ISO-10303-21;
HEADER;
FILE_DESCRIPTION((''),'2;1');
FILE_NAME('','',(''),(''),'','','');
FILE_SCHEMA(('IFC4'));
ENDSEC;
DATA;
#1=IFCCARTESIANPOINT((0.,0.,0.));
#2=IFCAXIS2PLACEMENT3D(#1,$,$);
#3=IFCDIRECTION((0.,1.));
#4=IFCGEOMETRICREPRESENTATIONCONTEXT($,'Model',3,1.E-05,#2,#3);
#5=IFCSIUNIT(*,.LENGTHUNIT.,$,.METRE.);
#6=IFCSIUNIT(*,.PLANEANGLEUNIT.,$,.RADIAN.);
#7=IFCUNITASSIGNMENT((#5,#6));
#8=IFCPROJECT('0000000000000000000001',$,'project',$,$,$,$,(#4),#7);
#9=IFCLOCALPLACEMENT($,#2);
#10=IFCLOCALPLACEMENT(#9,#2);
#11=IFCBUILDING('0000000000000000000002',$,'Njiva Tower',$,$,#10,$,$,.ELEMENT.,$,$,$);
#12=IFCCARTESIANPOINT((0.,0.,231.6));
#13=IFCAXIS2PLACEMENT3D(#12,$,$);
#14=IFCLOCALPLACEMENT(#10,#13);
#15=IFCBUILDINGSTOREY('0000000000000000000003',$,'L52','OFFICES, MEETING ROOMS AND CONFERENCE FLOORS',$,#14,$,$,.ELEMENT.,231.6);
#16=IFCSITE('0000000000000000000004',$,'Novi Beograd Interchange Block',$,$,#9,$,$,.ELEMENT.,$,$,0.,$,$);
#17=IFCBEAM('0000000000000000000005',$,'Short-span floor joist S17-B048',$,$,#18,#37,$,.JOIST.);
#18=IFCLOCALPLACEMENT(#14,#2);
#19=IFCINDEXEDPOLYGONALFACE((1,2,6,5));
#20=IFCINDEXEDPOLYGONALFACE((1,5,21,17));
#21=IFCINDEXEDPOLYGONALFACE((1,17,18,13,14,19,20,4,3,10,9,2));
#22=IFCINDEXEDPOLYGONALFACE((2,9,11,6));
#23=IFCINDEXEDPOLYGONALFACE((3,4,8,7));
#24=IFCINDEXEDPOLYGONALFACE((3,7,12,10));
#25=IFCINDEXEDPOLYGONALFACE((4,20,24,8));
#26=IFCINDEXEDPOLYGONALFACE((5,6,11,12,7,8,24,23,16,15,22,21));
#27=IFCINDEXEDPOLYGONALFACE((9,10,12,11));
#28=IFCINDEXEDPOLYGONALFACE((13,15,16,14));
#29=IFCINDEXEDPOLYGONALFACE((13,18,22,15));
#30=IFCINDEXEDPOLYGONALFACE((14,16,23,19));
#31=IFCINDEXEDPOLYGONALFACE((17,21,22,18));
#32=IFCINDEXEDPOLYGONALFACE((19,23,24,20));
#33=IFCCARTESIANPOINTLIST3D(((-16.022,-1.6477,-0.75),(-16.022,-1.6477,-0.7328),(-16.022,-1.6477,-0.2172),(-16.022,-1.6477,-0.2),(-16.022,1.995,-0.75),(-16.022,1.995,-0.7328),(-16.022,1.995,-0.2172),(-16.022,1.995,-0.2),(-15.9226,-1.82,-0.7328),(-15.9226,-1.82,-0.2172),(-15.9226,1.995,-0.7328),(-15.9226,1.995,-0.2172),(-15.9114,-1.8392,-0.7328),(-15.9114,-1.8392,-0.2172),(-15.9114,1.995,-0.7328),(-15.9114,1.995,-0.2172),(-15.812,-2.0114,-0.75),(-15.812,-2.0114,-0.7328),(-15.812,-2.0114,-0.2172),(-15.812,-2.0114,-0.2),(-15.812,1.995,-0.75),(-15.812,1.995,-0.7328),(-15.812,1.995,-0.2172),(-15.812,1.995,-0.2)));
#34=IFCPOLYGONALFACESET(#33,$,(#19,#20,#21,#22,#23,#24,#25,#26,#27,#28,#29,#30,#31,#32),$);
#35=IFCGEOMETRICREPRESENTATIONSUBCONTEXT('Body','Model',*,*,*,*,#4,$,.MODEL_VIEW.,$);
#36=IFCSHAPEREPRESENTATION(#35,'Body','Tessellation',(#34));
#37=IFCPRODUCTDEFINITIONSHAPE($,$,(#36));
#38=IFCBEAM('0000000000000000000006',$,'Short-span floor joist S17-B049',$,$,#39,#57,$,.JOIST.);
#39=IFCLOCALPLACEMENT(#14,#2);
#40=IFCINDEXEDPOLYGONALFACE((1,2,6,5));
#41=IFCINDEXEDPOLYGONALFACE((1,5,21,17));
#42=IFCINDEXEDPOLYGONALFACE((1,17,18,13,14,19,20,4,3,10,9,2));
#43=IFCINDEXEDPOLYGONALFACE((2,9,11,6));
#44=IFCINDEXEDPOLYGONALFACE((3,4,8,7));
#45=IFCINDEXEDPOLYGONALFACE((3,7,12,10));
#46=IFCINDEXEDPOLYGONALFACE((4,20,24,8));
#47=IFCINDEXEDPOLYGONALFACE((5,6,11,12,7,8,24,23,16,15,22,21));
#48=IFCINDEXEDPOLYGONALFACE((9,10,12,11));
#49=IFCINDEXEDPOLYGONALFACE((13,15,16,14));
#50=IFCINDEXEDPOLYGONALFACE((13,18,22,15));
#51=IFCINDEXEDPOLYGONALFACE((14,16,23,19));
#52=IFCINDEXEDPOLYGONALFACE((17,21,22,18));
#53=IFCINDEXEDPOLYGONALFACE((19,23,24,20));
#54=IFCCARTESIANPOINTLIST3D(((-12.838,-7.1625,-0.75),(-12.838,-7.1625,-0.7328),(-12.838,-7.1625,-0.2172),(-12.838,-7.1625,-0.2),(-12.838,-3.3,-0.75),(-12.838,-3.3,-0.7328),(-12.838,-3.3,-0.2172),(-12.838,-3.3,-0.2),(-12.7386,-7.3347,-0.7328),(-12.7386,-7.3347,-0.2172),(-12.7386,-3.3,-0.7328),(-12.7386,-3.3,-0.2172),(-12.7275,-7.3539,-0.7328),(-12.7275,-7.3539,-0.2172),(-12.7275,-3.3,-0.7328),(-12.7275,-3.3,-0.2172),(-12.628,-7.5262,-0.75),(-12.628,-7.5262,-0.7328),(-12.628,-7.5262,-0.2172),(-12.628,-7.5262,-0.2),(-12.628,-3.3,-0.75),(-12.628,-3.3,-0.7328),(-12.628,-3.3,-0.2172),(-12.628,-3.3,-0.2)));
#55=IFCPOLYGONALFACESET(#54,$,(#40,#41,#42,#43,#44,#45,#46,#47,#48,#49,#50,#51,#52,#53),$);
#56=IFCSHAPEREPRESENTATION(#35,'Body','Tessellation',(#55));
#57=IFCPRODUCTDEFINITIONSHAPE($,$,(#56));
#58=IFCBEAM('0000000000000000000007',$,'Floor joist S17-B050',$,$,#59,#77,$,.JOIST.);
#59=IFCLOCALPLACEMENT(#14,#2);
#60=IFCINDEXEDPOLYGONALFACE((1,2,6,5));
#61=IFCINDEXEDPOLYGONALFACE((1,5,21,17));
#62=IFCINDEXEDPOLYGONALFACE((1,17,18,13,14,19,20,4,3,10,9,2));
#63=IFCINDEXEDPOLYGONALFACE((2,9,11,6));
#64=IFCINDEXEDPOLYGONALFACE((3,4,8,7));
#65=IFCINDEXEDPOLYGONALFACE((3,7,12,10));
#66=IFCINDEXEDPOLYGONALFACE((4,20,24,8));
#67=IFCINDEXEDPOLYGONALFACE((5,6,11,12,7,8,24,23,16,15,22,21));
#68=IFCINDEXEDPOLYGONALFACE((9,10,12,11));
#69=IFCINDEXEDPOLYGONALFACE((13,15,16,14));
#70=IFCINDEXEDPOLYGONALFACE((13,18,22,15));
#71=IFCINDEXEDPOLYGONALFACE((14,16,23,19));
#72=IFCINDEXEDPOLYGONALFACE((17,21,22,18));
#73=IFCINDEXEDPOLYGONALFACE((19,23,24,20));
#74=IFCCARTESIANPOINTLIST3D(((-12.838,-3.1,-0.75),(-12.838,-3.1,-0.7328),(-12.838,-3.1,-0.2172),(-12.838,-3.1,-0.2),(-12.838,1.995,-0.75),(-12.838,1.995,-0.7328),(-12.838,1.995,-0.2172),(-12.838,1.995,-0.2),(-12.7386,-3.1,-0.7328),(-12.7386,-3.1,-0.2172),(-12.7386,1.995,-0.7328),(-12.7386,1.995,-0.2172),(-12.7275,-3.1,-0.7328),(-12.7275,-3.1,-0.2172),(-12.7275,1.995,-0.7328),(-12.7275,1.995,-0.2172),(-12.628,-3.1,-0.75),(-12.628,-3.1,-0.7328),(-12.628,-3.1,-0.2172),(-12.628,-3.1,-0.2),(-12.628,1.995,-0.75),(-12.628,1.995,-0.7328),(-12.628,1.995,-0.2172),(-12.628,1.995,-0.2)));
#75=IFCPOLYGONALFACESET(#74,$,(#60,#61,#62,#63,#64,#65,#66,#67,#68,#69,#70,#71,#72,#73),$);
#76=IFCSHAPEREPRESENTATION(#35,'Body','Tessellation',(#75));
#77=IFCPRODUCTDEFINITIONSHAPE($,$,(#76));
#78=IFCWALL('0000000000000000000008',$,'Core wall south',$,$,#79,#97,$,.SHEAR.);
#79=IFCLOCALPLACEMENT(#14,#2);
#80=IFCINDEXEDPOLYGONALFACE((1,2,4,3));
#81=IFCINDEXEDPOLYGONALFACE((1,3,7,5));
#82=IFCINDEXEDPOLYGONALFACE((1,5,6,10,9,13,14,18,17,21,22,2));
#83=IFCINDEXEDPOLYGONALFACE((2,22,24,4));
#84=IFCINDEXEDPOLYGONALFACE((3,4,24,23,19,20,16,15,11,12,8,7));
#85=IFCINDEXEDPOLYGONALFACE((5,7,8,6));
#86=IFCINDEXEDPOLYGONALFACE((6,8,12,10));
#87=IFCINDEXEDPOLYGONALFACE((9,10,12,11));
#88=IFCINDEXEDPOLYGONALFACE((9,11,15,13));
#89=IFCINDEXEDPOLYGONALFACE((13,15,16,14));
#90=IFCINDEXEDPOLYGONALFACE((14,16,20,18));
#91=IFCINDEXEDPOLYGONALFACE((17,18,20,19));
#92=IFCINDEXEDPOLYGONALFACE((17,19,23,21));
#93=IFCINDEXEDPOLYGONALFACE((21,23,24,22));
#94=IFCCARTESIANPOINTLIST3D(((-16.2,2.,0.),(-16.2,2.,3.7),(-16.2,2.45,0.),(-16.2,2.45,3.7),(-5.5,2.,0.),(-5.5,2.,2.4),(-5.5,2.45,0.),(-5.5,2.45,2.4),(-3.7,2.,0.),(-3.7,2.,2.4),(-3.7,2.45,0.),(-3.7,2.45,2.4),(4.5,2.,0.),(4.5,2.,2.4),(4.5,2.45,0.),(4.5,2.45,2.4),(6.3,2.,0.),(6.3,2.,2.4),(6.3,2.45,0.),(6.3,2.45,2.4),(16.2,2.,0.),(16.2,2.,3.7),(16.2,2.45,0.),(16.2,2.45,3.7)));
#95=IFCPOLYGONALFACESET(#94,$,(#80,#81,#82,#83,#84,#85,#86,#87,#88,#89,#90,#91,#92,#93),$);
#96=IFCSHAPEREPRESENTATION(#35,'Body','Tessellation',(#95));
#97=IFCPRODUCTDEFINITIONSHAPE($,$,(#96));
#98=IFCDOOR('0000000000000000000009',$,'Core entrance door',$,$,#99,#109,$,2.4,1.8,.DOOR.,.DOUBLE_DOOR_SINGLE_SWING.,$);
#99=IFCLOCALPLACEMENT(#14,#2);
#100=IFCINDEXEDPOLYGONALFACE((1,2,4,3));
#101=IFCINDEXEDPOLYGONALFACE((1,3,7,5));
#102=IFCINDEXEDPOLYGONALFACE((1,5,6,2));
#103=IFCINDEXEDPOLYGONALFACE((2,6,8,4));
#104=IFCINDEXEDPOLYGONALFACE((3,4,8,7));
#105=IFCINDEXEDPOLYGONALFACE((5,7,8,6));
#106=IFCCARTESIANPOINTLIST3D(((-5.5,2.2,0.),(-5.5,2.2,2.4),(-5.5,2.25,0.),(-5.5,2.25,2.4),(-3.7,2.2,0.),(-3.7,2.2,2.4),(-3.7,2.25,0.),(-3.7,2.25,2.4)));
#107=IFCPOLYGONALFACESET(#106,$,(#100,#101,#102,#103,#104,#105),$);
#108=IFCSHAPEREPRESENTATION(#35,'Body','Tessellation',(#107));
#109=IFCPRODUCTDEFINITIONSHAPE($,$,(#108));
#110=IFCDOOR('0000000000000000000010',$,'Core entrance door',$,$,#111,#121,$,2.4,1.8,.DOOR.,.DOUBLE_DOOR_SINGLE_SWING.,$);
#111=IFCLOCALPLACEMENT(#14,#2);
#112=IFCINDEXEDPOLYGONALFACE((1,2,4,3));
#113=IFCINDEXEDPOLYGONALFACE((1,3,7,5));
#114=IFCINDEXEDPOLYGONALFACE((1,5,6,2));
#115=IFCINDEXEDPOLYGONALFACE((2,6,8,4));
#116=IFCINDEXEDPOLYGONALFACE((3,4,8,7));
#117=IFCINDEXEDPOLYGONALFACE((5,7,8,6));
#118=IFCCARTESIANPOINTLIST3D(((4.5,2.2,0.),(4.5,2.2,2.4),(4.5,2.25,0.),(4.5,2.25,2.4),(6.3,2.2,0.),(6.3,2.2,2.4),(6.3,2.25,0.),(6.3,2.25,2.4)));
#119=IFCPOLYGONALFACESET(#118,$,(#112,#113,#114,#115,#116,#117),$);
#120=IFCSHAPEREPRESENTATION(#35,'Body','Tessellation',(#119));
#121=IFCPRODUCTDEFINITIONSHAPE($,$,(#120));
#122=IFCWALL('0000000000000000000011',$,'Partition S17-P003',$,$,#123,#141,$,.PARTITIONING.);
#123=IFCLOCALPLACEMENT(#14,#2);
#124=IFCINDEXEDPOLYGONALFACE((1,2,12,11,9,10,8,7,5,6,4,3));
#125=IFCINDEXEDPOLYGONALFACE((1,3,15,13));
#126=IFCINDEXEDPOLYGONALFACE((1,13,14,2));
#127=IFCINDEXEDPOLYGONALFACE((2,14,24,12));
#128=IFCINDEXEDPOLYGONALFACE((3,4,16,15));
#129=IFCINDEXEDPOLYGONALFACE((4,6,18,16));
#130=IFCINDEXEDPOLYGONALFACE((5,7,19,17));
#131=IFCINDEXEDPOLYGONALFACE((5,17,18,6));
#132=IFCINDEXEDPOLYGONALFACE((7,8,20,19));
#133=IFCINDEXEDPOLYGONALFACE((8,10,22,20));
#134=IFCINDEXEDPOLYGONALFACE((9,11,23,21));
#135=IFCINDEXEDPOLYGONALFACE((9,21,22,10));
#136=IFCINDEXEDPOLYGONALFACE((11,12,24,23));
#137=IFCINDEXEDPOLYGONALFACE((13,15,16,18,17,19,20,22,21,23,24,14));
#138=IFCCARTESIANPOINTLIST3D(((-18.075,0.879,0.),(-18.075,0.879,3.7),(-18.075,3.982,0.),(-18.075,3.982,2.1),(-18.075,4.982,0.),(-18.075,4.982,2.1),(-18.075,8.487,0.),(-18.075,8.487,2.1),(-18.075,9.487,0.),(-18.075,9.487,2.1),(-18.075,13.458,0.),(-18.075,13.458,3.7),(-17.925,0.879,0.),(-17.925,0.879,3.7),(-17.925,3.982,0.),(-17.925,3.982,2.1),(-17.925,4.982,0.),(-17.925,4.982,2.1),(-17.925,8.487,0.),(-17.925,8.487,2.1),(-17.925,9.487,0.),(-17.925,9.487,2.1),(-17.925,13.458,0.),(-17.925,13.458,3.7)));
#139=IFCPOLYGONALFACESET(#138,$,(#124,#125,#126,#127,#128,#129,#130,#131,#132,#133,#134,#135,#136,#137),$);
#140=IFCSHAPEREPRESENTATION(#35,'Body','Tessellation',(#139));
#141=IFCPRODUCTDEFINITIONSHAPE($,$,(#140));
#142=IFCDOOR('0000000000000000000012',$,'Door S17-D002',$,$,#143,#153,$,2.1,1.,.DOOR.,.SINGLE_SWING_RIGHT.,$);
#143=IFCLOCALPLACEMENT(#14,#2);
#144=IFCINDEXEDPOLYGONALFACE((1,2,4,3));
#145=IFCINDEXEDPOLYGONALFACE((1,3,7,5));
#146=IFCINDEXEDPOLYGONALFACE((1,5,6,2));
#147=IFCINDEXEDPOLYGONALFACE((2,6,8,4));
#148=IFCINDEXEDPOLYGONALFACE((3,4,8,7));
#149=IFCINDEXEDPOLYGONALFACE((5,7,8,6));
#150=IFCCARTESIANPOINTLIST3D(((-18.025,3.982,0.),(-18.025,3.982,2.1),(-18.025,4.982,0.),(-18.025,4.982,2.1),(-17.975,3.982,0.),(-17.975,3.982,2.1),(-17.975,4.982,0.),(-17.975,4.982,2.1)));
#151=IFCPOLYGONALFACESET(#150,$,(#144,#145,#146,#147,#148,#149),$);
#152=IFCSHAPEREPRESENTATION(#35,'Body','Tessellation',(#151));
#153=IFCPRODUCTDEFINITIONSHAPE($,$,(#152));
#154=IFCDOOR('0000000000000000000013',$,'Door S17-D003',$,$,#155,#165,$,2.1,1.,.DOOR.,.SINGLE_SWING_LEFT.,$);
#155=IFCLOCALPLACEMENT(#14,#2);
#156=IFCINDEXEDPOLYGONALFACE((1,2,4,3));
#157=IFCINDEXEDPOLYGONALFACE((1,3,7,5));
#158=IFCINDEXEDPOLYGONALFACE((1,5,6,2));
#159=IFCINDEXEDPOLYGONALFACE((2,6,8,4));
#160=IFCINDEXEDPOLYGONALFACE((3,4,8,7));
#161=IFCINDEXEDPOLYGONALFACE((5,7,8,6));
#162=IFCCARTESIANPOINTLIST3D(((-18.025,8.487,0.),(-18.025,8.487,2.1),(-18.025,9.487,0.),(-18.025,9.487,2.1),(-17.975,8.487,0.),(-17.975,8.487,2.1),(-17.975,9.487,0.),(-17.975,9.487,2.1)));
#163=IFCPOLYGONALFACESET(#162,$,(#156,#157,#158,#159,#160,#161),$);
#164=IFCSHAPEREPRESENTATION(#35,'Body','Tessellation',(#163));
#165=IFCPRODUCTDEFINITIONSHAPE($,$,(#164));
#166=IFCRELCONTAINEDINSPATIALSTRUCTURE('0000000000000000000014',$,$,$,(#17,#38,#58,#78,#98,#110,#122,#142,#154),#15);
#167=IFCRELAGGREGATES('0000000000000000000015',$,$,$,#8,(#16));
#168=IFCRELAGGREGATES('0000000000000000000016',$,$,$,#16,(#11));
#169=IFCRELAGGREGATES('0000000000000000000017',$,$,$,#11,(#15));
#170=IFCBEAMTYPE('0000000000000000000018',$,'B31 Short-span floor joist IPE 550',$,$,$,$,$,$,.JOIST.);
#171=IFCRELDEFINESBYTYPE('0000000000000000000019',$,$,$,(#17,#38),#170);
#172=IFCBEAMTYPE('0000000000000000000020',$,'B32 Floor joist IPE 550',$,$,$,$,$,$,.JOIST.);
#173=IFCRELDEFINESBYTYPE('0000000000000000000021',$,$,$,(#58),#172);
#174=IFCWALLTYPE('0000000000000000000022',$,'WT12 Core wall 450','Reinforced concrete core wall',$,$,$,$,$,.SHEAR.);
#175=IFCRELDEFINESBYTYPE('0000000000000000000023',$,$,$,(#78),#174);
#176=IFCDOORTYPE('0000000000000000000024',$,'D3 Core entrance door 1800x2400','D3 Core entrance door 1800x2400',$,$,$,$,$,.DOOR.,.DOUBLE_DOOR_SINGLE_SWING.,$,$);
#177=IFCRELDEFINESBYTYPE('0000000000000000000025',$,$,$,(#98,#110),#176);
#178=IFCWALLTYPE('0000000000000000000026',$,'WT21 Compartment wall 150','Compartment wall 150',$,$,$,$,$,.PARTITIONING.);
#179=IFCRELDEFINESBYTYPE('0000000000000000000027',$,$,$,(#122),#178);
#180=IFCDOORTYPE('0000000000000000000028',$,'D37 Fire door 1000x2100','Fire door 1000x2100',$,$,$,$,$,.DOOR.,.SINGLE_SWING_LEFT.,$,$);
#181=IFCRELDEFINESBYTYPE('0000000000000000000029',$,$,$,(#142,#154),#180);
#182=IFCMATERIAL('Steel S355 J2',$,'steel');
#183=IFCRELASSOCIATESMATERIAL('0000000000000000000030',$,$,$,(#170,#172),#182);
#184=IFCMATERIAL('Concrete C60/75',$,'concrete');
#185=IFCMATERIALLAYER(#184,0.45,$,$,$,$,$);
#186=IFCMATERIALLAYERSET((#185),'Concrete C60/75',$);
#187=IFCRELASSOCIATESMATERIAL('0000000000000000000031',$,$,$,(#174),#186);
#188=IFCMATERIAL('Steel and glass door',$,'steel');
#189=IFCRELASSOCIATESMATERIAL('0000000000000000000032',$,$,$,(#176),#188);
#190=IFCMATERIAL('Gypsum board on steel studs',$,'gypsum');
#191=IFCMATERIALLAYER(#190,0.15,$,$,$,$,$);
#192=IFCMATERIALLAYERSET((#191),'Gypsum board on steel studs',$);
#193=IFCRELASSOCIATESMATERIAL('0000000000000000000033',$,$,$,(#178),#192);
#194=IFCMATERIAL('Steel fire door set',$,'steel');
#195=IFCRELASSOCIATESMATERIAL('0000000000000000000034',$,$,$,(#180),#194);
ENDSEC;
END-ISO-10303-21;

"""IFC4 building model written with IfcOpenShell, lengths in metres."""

from ifc_helpers import new_model, si_unit, direction, frame, frame_2d, origin, origin_2d, place, context, subcontext, project, spatial, rectangle, i_section, extrude, clip, halfspace, material, layer, layer_set, material_profile, profile_set, type_object, element, fill, save


model = new_model("IFC4")

# Units and contexts
model_context = context("Model", 3, precision=1e-05, world=origin(), true_north=direction((0.0, 1.0)))
body_context = subcontext(model_context, "Body", "Model", "MODEL_VIEW")
ifc_project = project(units=[si_unit("LENGTHUNIT", "METRE"), si_unit("PLANEANGLEUNIT", "RADIAN")], contexts=[model_context])

# Site, building, storey
site_placement = place(None, origin())
site = spatial("IfcSite", under=ifc_project, at=site_placement, Name="Novi Beograd Interchange Block", CompositionType="ELEMENT", RefElevation=0.0)
building_placement = place(site_placement, origin())
building = spatial("IfcBuilding", under=site, at=building_placement, Name="Njiva Tower", CompositionType="ELEMENT")
storey_placement = place(building_placement, frame((0.0, 0.0, 231.6)))
storey = spatial("IfcBuildingStorey", under=building, at=storey_placement, Name="L52", Description="OFFICES, MEETING ROOMS AND CONFERENCE FLOORS", CompositionType="ELEMENT", Elevation=231.6)

# Shared definitions
ifc_material_1 = material(Name="Steel S355 J2", Category="steel")

# Beams
ifc_material_profile_1 = material_profile(ifc_material_1, i_section(OverallWidth=0.21, OverallDepth=0.55, WebThickness=0.0111, FlangeThickness=0.0172, at=origin_2d()), Name="IPE 550")
ifc_profile_set_1 = profile_set([ifc_material_profile_1], Name="Steel S355 J2")
beam_type_1 = type_object("IfcBeamType", Name="B31 Short-span floor joist IPE 550", PredefinedType="JOIST", material=ifc_profile_set_1)
beam_1_placement = place(storey_placement, frame((-15.917, 1.995, -0.475), z_axis=(0.0, -1.0, 0.0), x_axis=(1.0, 0.0, 0.0)))
element("IfcBeam", 1, at=beam_1_placement, inside=storey, type_object=beam_type_1, Name="Short-span floor joist S17-B048", PredefinedType="JOIST", context=body_context, shape_type="Clipping", body=[
    clip(extrude(i_section(OverallWidth=0.21, OverallDepth=0.55, WebThickness=0.0111, FlangeThickness=0.0172, at=origin_2d()), origin(), (0.0, 0.0, 1.0), 4.027), halfspace(frame((-0.043, 0.0, 3.7501), z_axis=(-0.866027, 0.0, 0.499998), x_axis=(0.0, 1.0, 0.0)), False)),
])
beam_2_placement = place(storey_placement, frame((-12.733, -3.3, -0.475), z_axis=(0.0, -1.0, 0.0), x_axis=(1.0, 0.0, 0.0)))
element("IfcBeam", 2, at=beam_2_placement, inside=storey, type_object=beam_type_1, Name="Short-span floor joist S17-B049", PredefinedType="JOIST", context=body_context, shape_type="Clipping", body=[
    clip(extrude(i_section(OverallWidth=0.21, OverallDepth=0.55, WebThickness=0.0111, FlangeThickness=0.0172, at=origin_2d()), origin(), (0.0, 0.0, 1.0), 4.246), halfspace(frame((-0.0436, 0.0, 3.9688), z_axis=(-0.866027, 0.0, 0.499998), x_axis=(0.0, 1.0, 0.0)), False)),
])
ifc_material_profile_2 = material_profile(ifc_material_1, i_section(OverallWidth=0.21, OverallDepth=0.55, WebThickness=0.0111, FlangeThickness=0.0172, at=origin_2d()), Name="IPE 550")
ifc_profile_set_2 = profile_set([ifc_material_profile_2], Name="Steel S355 J2")
beam_type_2 = type_object("IfcBeamType", Name="B32 Floor joist IPE 550", PredefinedType="JOIST", material=ifc_profile_set_2)
beam_3_placement = place(storey_placement, frame((-12.733, 1.995, -0.475), z_axis=(0.0, -1.0, 0.0), x_axis=(1.0, 0.0, 0.0)))
element("IfcBeam", 3, at=beam_3_placement, inside=storey, type_object=beam_type_2, Name="Floor joist S17-B050", PredefinedType="JOIST", context=body_context, shape_type="SweptSolid", body=[
    extrude(i_section(OverallWidth=0.21, OverallDepth=0.55, WebThickness=0.0111, FlangeThickness=0.0172, at=origin_2d()), origin(), (0.0, 0.0, 1.0), 5.095),
])

# Walls, openings, doors
ifc_material_2 = material(Name="Concrete C60/75", Category="concrete")
ifc_layer_1 = layer(ifc_material_2, 0.45)
ifc_layer_set_1 = layer_set([ifc_layer_1], Name="Concrete C60/75")
wall_type_1 = type_object("IfcWallType", Name="WT12 Core wall 450", Description="Reinforced concrete core wall", PredefinedType="SHEAR", material=ifc_layer_set_1)
wall_1_placement = place(storey_placement, frame((-16.2, 2.225, 0.0), z_axis=(0.0, 0.0, 1.0), x_axis=(1.0, 0.0, 0.0)))
wall_1 = element("IfcWall", 4, at=wall_1_placement, inside=storey, type_object=wall_type_1, Name="Core wall south", PredefinedType="SHEAR", context=body_context, shape_type="SweptSolid", body=[
    extrude(rectangle(XDim=32.4, YDim=0.45, at=frame_2d((16.2, 0.0))), origin(), (0.0, 0.0, 1.0), 3.7),
])
opening_1_placement = place(wall_1_placement, frame((10.7, 0.0, 0.0)))
opening_1 = element("IfcOpeningElement", 5, at=opening_1_placement, cuts=wall_1, PredefinedType="OPENING", context=body_context, shape_type="SweptSolid", body=[
    extrude(rectangle(XDim=1.8, YDim=2.4, at=frame_2d((0.9, 1.2))), frame((0.0, 0.235, 0.0), z_axis=(0.0, -1.0, 0.0), x_axis=(1.0, 0.0, 0.0)), (0.0, 0.0, 1.0), 0.47),
])
opening_2_placement = place(wall_1_placement, frame((20.7, 0.0, 0.0)))
opening_2 = element("IfcOpeningElement", 6, at=opening_2_placement, cuts=wall_1, PredefinedType="OPENING", context=body_context, shape_type="SweptSolid", body=[
    extrude(rectangle(XDim=1.8, YDim=2.4, at=frame_2d((0.9, 1.2))), frame((0.0, 0.235, 0.0), z_axis=(0.0, -1.0, 0.0), x_axis=(1.0, 0.0, 0.0)), (0.0, 0.0, 1.0), 0.47),
])
ifc_material_3 = material(Name="Steel and glass door", Category="steel")
door_type_1 = type_object("IfcDoorType", Name="D3 Core entrance door 1800x2400", Description="D3 Core entrance door 1800x2400", OperationType="DOUBLE_DOOR_SINGLE_SWING", PredefinedType="DOOR", material=ifc_material_3)
door_1_placement = place(opening_1_placement, origin())
door_1 = element("IfcDoor", 7, at=door_1_placement, inside=storey, type_object=door_type_1, Name="Core entrance door", OperationType="DOUBLE_DOOR_SINGLE_SWING", OverallHeight=2.4, OverallWidth=1.8, PredefinedType="DOOR", context=body_context, shape_type="SweptSolid", body=[
    extrude(rectangle(XDim=1.8, YDim=2.4, at=frame_2d((0.9, 1.2))), frame((0.0, 0.025, 0.0), z_axis=(0.0, -1.0, 0.0), x_axis=(1.0, 0.0, 0.0)), (0.0, 0.0, 1.0), 0.05),
])
fill(opening_1, door_1)
door_2_placement = place(opening_2_placement, origin())
door_2 = element("IfcDoor", 8, at=door_2_placement, inside=storey, type_object=door_type_1, Name="Core entrance door", OperationType="DOUBLE_DOOR_SINGLE_SWING", OverallHeight=2.4, OverallWidth=1.8, PredefinedType="DOOR", context=body_context, shape_type="SweptSolid", body=[
    extrude(rectangle(XDim=1.8, YDim=2.4, at=frame_2d((0.9, 1.2))), frame((0.0, 0.025, 0.0), z_axis=(0.0, -1.0, 0.0), x_axis=(1.0, 0.0, 0.0)), (0.0, 0.0, 1.0), 0.05),
])
fill(opening_2, door_2)
ifc_material_4 = material(Name="Gypsum board on steel studs", Category="gypsum")
ifc_layer_2 = layer(ifc_material_4, 0.15)
ifc_layer_set_2 = layer_set([ifc_layer_2], Name="Gypsum board on steel studs")
wall_type_2 = type_object("IfcWallType", Name="WT21 Compartment wall 150", Description="Compartment wall 150", PredefinedType="PARTITIONING", material=ifc_layer_set_2)
wall_2_placement = place(storey_placement, frame((-18.0, 0.879, 0.0), z_axis=(0.0, 0.0, 1.0), x_axis=(0.0, 1.0, 0.0)))
wall_2 = element("IfcWall", 9, at=wall_2_placement, inside=storey, type_object=wall_type_2, Name="Partition S17-P003", PredefinedType="PARTITIONING", context=body_context, shape_type="SweptSolid", body=[
    extrude(rectangle(XDim=12.579, YDim=0.15, at=frame_2d((6.2895, 0.0))), origin(), (0.0, 0.0, 1.0), 3.7),
])
opening_3_placement = place(wall_2_placement, frame((3.103, 0.0, 0.0)))
opening_3 = element("IfcOpeningElement", 10, at=opening_3_placement, cuts=wall_2, PredefinedType="OPENING", context=body_context, shape_type="SweptSolid", body=[
    extrude(rectangle(XDim=1.0, YDim=2.1, at=frame_2d((0.5, 1.05))), frame((0.0, 0.085, 0.0), z_axis=(0.0, -1.0, 0.0), x_axis=(1.0, 0.0, 0.0)), (0.0, 0.0, 1.0), 0.17),
])
opening_4_placement = place(wall_2_placement, frame((7.608, 0.0, 0.0)))
opening_4 = element("IfcOpeningElement", 11, at=opening_4_placement, cuts=wall_2, PredefinedType="OPENING", context=body_context, shape_type="SweptSolid", body=[
    extrude(rectangle(XDim=1.0, YDim=2.1, at=frame_2d((0.5, 1.05))), frame((0.0, 0.085, 0.0), z_axis=(0.0, -1.0, 0.0), x_axis=(1.0, 0.0, 0.0)), (0.0, 0.0, 1.0), 0.17),
])
ifc_material_5 = material(Name="Steel fire door set", Category="steel")
door_type_2 = type_object("IfcDoorType", Name="D37 Fire door 1000x2100", Description="Fire door 1000x2100", OperationType="SINGLE_SWING_LEFT", PredefinedType="DOOR", material=ifc_material_5)
door_3_placement = place(opening_3_placement, origin())
door_3 = element("IfcDoor", 12, at=door_3_placement, inside=storey, type_object=door_type_2, Name="Door S17-D002", OperationType="SINGLE_SWING_RIGHT", OverallHeight=2.1, OverallWidth=1.0, PredefinedType="DOOR", context=body_context, shape_type="SweptSolid", body=[
    extrude(rectangle(XDim=1.0, YDim=2.1, at=frame_2d((0.5, 1.05))), frame((0.0, 0.025, 0.0), z_axis=(0.0, -1.0, 0.0), x_axis=(1.0, 0.0, 0.0)), (0.0, 0.0, 1.0), 0.05),
])
fill(opening_3, door_3)
door_4_placement = place(opening_4_placement, origin())
door_4 = element("IfcDoor", 13, at=door_4_placement, inside=storey, type_object=door_type_2, Name="Door S17-D003", OperationType="SINGLE_SWING_LEFT", OverallHeight=2.1, OverallWidth=1.0, PredefinedType="DOOR", context=body_context, shape_type="SweptSolid", body=[
    extrude(rectangle(XDim=1.0, YDim=2.1, at=frame_2d((0.5, 1.05))), frame((0.0, 0.025, 0.0), z_axis=(0.0, -1.0, 0.0), x_axis=(1.0, 0.0, 0.0)), (0.0, 0.0, 1.0), 0.05),
])
fill(opening_4, door_4)

save(model, "model.ifc")
